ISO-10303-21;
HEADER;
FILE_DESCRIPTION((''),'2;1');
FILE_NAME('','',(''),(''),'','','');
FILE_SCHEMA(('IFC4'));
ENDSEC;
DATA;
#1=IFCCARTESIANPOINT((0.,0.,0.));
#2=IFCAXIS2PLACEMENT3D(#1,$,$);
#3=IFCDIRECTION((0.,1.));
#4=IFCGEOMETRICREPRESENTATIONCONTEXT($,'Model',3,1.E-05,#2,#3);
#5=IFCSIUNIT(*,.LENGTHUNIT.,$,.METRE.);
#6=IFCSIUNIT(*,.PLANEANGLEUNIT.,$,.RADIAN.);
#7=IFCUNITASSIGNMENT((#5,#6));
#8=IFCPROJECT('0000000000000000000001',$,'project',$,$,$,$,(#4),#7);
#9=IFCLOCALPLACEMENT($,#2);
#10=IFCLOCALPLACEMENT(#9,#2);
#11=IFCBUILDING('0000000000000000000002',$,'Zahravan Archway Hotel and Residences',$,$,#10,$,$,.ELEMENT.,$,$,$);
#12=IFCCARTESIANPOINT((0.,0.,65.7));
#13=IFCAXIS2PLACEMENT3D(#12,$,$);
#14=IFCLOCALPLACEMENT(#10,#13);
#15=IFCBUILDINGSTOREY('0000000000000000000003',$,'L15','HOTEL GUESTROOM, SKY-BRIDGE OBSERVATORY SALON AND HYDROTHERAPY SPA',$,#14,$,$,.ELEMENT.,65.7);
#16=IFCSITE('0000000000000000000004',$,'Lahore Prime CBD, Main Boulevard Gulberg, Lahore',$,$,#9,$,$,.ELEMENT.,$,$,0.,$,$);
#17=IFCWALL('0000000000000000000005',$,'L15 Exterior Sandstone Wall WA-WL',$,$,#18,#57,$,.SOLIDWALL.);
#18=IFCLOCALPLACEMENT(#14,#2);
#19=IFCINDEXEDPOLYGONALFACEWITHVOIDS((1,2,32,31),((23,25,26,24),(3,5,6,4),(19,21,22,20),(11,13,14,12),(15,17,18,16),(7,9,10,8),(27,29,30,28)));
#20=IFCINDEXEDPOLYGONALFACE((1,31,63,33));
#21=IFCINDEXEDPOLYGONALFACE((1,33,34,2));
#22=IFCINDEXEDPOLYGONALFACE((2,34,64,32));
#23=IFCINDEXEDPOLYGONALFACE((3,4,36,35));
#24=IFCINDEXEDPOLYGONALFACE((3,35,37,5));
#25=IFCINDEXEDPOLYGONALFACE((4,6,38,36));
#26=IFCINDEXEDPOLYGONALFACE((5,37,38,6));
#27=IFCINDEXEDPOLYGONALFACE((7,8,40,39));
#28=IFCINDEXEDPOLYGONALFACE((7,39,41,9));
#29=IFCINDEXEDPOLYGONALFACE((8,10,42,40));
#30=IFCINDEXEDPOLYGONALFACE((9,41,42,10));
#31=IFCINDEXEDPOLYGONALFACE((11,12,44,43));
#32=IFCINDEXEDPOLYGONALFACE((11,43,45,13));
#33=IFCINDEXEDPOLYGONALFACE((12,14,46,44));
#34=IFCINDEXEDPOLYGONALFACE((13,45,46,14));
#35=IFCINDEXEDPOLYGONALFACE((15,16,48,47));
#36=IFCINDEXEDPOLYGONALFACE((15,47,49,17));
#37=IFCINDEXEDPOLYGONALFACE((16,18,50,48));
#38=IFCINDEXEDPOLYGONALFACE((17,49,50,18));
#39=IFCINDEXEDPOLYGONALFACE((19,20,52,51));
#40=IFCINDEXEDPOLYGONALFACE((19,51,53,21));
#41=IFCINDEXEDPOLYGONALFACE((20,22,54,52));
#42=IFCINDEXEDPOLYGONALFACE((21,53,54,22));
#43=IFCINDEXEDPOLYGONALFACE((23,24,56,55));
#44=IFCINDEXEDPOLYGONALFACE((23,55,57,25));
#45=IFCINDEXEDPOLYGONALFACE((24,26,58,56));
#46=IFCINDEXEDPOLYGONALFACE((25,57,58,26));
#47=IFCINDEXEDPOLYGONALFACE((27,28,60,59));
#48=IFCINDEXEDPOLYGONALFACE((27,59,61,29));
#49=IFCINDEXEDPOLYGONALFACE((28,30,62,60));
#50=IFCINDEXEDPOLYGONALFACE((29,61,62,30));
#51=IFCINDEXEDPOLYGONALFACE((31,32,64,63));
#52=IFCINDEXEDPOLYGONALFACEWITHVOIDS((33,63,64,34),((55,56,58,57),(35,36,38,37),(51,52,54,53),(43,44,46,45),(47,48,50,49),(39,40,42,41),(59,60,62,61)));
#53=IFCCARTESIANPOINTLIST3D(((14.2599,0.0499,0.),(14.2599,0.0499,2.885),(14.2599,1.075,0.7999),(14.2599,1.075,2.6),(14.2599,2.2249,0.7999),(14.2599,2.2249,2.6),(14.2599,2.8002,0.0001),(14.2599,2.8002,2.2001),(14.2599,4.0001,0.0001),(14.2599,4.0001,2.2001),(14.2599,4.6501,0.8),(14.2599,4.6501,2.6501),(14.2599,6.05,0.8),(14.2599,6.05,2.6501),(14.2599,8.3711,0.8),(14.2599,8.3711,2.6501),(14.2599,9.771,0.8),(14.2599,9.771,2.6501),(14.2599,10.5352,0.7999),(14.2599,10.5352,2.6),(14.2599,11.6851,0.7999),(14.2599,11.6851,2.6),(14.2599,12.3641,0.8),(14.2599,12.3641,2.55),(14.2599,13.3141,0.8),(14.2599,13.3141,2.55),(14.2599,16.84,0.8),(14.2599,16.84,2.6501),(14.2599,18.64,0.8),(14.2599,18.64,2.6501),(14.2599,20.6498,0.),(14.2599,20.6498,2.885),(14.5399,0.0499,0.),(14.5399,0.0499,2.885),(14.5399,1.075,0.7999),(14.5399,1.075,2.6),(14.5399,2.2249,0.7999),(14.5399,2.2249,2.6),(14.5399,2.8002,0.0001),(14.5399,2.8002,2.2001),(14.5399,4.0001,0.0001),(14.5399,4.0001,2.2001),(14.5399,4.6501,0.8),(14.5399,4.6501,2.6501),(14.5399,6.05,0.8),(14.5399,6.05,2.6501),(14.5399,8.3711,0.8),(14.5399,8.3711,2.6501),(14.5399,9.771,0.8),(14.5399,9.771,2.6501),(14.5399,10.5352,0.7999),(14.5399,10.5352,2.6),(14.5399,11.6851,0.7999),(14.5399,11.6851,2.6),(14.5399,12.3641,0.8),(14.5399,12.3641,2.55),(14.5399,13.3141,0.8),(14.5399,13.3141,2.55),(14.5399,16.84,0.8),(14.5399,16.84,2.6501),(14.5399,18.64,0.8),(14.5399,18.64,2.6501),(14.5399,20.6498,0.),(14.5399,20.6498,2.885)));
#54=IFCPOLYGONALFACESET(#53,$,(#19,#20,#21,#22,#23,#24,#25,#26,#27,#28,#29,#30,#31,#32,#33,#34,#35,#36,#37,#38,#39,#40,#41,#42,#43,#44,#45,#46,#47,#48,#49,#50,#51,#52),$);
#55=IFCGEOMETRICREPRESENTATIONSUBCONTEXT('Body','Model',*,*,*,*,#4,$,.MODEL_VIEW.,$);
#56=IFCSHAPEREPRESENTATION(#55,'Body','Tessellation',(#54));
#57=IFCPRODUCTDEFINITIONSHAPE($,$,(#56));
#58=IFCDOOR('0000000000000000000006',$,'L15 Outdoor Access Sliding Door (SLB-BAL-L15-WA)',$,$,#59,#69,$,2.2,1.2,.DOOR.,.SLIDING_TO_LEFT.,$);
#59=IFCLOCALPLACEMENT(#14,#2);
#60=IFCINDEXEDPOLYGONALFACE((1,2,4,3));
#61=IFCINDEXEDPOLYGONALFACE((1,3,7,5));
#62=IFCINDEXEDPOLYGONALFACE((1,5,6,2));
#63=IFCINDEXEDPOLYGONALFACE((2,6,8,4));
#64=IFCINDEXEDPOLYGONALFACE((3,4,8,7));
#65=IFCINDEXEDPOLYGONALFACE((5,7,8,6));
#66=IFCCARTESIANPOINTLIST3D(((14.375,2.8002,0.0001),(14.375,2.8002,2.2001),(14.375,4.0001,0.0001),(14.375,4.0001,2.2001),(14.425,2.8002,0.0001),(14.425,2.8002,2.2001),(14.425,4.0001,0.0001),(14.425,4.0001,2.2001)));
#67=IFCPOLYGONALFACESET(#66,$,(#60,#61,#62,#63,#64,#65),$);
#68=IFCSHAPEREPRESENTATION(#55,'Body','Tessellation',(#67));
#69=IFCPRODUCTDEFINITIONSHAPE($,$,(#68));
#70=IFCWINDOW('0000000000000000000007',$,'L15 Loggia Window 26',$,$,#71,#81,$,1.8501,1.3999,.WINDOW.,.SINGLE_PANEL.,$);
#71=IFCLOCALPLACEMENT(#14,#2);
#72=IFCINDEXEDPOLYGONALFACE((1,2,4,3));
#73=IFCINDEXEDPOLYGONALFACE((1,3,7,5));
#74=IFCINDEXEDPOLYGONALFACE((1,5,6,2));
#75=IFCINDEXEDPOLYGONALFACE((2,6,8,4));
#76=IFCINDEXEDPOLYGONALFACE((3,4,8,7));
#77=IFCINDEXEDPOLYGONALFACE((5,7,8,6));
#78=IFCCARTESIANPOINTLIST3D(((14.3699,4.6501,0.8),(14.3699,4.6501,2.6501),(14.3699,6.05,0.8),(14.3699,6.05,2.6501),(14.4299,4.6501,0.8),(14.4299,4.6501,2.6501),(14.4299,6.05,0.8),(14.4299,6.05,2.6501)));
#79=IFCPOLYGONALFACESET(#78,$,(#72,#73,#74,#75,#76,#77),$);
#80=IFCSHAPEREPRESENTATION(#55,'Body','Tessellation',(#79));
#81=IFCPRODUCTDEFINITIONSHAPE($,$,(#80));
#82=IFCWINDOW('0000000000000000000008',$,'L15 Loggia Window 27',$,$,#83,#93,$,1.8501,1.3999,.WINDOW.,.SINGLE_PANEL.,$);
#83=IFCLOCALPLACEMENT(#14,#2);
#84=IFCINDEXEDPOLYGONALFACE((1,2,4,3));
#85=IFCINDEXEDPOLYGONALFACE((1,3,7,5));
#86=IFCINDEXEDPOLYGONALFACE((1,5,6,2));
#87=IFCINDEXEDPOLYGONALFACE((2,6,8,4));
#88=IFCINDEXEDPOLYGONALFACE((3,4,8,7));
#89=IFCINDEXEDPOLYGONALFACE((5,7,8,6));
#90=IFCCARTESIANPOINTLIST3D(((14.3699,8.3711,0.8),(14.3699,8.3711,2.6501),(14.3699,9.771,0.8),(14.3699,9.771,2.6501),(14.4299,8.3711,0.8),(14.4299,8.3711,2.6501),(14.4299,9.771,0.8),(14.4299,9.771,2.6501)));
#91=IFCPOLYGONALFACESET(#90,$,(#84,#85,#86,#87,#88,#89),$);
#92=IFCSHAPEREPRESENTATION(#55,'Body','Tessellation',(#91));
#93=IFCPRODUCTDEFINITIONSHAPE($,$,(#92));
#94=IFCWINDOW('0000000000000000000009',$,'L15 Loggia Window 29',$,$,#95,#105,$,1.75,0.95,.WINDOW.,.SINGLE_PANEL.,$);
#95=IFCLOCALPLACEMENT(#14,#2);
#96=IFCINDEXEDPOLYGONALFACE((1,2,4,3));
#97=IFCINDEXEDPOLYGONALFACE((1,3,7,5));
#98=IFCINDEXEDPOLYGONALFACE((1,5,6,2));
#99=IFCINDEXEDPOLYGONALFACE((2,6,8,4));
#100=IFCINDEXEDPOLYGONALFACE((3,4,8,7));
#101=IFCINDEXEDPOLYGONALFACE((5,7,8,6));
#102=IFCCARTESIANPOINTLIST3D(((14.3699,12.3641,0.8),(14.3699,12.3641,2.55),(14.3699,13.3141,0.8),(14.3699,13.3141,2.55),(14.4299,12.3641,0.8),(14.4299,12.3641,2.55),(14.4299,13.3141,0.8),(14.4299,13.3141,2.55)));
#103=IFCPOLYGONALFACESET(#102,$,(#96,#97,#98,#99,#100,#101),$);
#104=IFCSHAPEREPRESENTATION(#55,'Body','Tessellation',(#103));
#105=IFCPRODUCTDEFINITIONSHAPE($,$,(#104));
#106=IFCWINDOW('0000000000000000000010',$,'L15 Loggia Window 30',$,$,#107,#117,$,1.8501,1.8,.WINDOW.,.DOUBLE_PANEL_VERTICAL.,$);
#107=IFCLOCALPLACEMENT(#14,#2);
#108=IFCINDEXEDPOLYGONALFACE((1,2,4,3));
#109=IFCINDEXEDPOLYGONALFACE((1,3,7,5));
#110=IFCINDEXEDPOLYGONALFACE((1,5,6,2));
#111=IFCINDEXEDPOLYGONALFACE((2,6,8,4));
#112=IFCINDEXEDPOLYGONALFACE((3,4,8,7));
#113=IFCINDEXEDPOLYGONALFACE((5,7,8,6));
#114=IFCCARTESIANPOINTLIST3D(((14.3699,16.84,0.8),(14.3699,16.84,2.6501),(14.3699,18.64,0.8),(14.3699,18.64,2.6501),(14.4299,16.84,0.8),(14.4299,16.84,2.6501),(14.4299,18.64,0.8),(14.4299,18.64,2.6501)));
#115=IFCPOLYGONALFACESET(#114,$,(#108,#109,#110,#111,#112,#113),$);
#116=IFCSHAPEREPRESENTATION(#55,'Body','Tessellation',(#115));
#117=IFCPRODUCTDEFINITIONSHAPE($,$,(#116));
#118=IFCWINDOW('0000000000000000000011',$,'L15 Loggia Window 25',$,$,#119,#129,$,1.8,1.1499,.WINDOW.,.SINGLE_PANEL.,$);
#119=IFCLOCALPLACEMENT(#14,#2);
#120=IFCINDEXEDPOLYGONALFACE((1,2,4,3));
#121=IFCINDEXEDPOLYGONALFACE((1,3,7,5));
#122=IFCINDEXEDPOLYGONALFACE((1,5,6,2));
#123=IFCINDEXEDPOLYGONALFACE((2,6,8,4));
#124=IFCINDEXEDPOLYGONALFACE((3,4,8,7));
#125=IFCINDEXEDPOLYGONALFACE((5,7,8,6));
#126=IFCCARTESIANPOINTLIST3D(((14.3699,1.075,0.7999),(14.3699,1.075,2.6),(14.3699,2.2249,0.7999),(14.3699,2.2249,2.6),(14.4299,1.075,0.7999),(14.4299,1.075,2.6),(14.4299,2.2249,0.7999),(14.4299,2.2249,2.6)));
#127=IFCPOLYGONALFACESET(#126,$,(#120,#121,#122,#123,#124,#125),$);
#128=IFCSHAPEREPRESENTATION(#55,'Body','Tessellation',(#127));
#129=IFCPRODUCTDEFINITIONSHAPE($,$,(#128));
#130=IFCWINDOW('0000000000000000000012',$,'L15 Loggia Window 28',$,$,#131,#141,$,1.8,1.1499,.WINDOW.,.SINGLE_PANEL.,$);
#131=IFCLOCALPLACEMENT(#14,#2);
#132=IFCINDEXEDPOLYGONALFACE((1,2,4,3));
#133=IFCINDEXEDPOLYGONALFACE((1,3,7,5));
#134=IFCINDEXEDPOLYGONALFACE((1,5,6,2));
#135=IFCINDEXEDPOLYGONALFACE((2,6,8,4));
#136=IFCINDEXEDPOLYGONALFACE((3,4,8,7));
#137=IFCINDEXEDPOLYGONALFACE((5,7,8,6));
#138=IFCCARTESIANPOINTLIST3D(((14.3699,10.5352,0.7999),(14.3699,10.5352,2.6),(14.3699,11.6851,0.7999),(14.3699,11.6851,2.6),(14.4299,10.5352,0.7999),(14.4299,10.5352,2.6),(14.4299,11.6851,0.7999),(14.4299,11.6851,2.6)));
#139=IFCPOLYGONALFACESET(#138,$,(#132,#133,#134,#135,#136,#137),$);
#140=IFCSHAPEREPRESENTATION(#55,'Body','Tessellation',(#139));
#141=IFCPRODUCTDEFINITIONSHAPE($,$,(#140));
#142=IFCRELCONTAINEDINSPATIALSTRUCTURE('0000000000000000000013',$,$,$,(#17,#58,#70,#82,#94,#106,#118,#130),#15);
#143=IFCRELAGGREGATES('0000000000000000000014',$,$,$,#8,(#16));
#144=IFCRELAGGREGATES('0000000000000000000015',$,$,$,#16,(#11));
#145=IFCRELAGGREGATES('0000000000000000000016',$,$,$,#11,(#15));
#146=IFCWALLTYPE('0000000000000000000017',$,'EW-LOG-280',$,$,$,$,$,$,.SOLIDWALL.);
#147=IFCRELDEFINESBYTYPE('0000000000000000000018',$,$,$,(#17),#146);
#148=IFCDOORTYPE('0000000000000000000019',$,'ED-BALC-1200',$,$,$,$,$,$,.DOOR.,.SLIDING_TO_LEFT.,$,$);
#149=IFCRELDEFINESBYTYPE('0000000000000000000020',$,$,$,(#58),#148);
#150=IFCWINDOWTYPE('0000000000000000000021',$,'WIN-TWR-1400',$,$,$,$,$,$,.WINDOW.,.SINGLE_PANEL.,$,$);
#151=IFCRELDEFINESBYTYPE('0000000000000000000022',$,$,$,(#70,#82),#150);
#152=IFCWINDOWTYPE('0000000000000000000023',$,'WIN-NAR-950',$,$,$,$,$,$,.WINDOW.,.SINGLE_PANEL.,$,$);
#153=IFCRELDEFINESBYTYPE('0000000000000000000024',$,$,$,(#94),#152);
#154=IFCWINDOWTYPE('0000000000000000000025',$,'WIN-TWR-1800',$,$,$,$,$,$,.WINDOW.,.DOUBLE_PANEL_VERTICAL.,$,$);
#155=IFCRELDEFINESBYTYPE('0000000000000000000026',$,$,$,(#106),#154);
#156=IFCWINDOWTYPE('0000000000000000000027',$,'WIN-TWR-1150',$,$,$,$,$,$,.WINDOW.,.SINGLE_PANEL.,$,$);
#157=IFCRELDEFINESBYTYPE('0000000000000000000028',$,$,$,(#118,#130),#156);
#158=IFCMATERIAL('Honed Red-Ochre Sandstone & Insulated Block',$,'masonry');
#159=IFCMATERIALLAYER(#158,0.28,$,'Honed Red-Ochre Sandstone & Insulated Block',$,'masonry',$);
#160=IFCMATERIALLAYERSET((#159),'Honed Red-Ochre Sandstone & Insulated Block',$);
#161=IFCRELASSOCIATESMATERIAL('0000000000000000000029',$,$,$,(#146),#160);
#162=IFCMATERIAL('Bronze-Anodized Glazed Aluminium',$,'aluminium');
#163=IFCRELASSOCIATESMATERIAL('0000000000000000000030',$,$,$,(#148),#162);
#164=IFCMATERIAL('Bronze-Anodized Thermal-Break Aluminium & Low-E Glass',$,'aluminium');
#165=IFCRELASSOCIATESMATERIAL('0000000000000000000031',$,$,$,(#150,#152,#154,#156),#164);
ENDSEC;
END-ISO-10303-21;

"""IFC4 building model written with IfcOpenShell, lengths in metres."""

from ifc_helpers import new_model, si_unit, direction, frame, frame_2d, origin, place, context, subcontext, project, spatial, rectangle, extrude, source, transform, mapped, material, layer, layer_set, type_object, type_shapes, element, fill, save


model = new_model("IFC4")

# Units and contexts
model_context = context("Model", 3, precision=1e-05, world=origin(), true_north=direction((0.0, 1.0)))
body_context = subcontext(model_context, "Body", "Model", "MODEL_VIEW")
ifc_project = project(units=[si_unit("LENGTHUNIT", "METRE"), si_unit("PLANEANGLEUNIT", "RADIAN")], contexts=[model_context])

# Site, building, storey
site_placement = place(None, origin())
site = spatial("IfcSite", under=ifc_project, at=site_placement, Name="Lahore Prime CBD, Main Boulevard Gulberg, Lahore", CompositionType="ELEMENT", RefElevation=0.0)
building_placement = place(site_placement, origin())
building = spatial("IfcBuilding", under=site, at=building_placement, Name="Zahravan Archway Hotel and Residences", CompositionType="ELEMENT")
storey_placement = place(building_placement, frame((0.0, 0.0, 65.7)))
storey = spatial("IfcBuildingStorey", under=building, at=storey_placement, Name="L15", Description="HOTEL GUESTROOM, SKY-BRIDGE OBSERVATORY SALON AND HYDROTHERAPY SPA", CompositionType="ELEMENT", Elevation=65.7)

# Wall, openings, door, windows
ifc_material_1 = material(Name="Honed Red-Ochre Sandstone & Insulated Block", Category="masonry")
ifc_layer = layer(ifc_material_1, 0.28, Name="Honed Red-Ochre Sandstone & Insulated Block", Category="masonry")
ifc_layer_set = layer_set([ifc_layer], Name="Honed Red-Ochre Sandstone & Insulated Block")
wall_type = type_object("IfcWallType", Name="EW-LOG-280", PredefinedType="SOLIDWALL", material=ifc_layer_set)
wall_placement = place(storey_placement, frame((14.3999, 0.05, 0.0), z_axis=(0.0, 0.0, 1.0), x_axis=(0.0, 1.0, 0.0)))
wall = element("IfcWall", 1, at=wall_placement, inside=storey, type_object=wall_type, Name="L15 Exterior Sandstone Wall WA-WL", PredefinedType="SOLIDWALL", context=body_context, shape_type="SweptSolid", body=[
    extrude(rectangle(XDim=20.5999, YDim=0.28, at=frame_2d((10.2998, 0.0))), origin(), (0.0, 0.0, 1.0), 2.885),
])
opening_1_placement = place(wall_placement, frame((2.75, 0.0, 0.0)))
opening_1 = element("IfcOpeningElement", 2, at=opening_1_placement, cuts=wall, PredefinedType="OPENING", context=body_context, shape_type="SweptSolid", body=[
    extrude(rectangle(XDim=1.2, YDim=2.2, at=frame_2d((0.6001, 1.1001))), frame((0.0, 0.1499, 0.0), z_axis=(0.0, -1.0, 0.0), x_axis=(1.0, 0.0, 0.0)), (0.0, 0.0, 1.0), 0.3),
])
opening_2_placement = place(wall_placement, frame((1.0249, 0.0, 0.8)))
opening_2 = element("IfcOpeningElement", 3, at=opening_2_placement, cuts=wall, PredefinedType="OPENING", context=body_context, shape_type="SweptSolid", body=[
    extrude(rectangle(XDim=1.1499, YDim=1.8, at=frame_2d((0.575, 0.8999))), frame((0.0, 0.1499, 0.0), z_axis=(0.0, -1.0, 0.0), x_axis=(1.0, 0.0, 0.0)), (0.0, 0.0, 1.0), 0.3),
])
opening_3_placement = place(wall_placement, frame((4.6001, 0.0, 0.8)))
opening_3 = element("IfcOpeningElement", 4, at=opening_3_placement, cuts=wall, PredefinedType="OPENING", context=body_context, shape_type="SweptSolid", body=[
    extrude(rectangle(XDim=1.3999, YDim=1.8501, at=frame_2d((0.7, 0.925))), frame((0.0, 0.1499, 0.0), z_axis=(0.0, -1.0, 0.0), x_axis=(1.0, 0.0, 0.0)), (0.0, 0.0, 1.0), 0.3),
])
opening_4_placement = place(wall_placement, frame((8.321, 0.0, 0.8)))
opening_4 = element("IfcOpeningElement", 5, at=opening_4_placement, cuts=wall, PredefinedType="OPENING", context=body_context, shape_type="SweptSolid", body=[
    extrude(rectangle(XDim=1.3999, YDim=1.8501, at=frame_2d((0.7, 0.925))), frame((0.0, 0.1499, 0.0), z_axis=(0.0, -1.0, 0.0), x_axis=(1.0, 0.0, 0.0)), (0.0, 0.0, 1.0), 0.3),
])
opening_5_placement = place(wall_placement, frame((10.4851, 0.0, 0.8)))
opening_5 = element("IfcOpeningElement", 6, at=opening_5_placement, cuts=wall, PredefinedType="OPENING", context=body_context, shape_type="SweptSolid", body=[
    extrude(rectangle(XDim=1.1499, YDim=1.8, at=frame_2d((0.575, 0.8999))), frame((0.0, 0.1499, 0.0), z_axis=(0.0, -1.0, 0.0), x_axis=(1.0, 0.0, 0.0)), (0.0, 0.0, 1.0), 0.3),
])
opening_6_placement = place(wall_placement, frame((12.314, 0.0, 0.8)))
opening_6 = element("IfcOpeningElement", 7, at=opening_6_placement, cuts=wall, PredefinedType="OPENING", context=body_context, shape_type="SweptSolid", body=[
    extrude(rectangle(XDim=0.95, YDim=1.75, at=frame_2d((0.4751, 0.875))), frame((0.0, 0.1499, 0.0), z_axis=(0.0, -1.0, 0.0), x_axis=(1.0, 0.0, 0.0)), (0.0, 0.0, 1.0), 0.3),
])
opening_7_placement = place(wall_placement, frame((16.79, 0.0, 0.8)))
opening_7 = element("IfcOpeningElement", 8, at=opening_7_placement, cuts=wall, PredefinedType="OPENING", context=body_context, shape_type="SweptSolid", body=[
    extrude(rectangle(XDim=1.8, YDim=1.8501, at=frame_2d((0.8999, 0.925))), frame((0.0, 0.1499, 0.0), z_axis=(0.0, -1.0, 0.0), x_axis=(1.0, 0.0, 0.0)), (0.0, 0.0, 1.0), 0.3),
])
ifc_material_2 = material(Name="Bronze-Anodized Glazed Aluminium", Category="aluminium")
door_type = type_object("IfcDoorType", Name="ED-BALC-1200", OperationType="SLIDING_TO_LEFT", PredefinedType="DOOR", material=ifc_material_2)
shared_shape_1 = source(origin(), body_context, "Body", "SweptSolid", [
    extrude(rectangle(XDim=1.2, YDim=2.2, at=frame_2d((0.6001, 1.1001))), frame((0.0, 0.0249, 0.0), z_axis=(0.0, -1.0, 0.0), x_axis=(1.0, 0.0, 0.0)), (0.0, 0.0, 1.0), 0.05),
])
type_shapes(door_type, [shared_shape_1])
door_placement = place(opening_1_placement, origin())
door = element("IfcDoor", 9, at=door_placement, inside=storey, type_object=door_type, Name="L15 Outdoor Access Sliding Door (SLB-BAL-L15-WA)", OperationType="SLIDING_TO_LEFT", OverallHeight=2.2, OverallWidth=1.2, PredefinedType="DOOR", context=body_context, shape_type="MappedRepresentation", body=[
    mapped(shared_shape_1, transform((0.0, 0.0, 0.0), scale=1.0)),
])
fill(opening_1, door)
ifc_material_3 = material(Name="Bronze-Anodized Thermal-Break Aluminium & Low-E Glass", Category="aluminium")
window_type_1 = type_object("IfcWindowType", Name="WIN-TWR-1400", PartitioningType="SINGLE_PANEL", PredefinedType="WINDOW", material=ifc_material_3)
shared_shape_2 = source(origin(), body_context, "Body", "SweptSolid", [
    extrude(rectangle(XDim=1.3999, YDim=1.8501, at=frame_2d((0.7, 0.925))), frame((0.0, 0.03, 0.0), z_axis=(0.0, -1.0, 0.0), x_axis=(1.0, 0.0, 0.0)), (0.0, 0.0, 1.0), 0.0601),
])
type_shapes(window_type_1, [shared_shape_2])
window_1_placement = place(opening_3_placement, origin())
window_1 = element("IfcWindow", 10, at=window_1_placement, inside=storey, type_object=window_type_1, Name="L15 Loggia Window 26", OverallHeight=1.8501, OverallWidth=1.3999, PartitioningType="SINGLE_PANEL", PredefinedType="WINDOW", context=body_context, shape_type="MappedRepresentation", body=[
    mapped(shared_shape_2, transform((0.0, 0.0, 0.0), scale=1.0)),
])
fill(opening_3, window_1)
window_2_placement = place(opening_4_placement, origin())
window_2 = element("IfcWindow", 11, at=window_2_placement, inside=storey, type_object=window_type_1, Name="L15 Loggia Window 27", OverallHeight=1.8501, OverallWidth=1.3999, PartitioningType="SINGLE_PANEL", PredefinedType="WINDOW", context=body_context, shape_type="MappedRepresentation", body=[
    mapped(shared_shape_2, transform((0.0, 0.0, 0.0), scale=1.0)),
])
fill(opening_4, window_2)
window_type_2 = type_object("IfcWindowType", Name="WIN-NAR-950", PartitioningType="SINGLE_PANEL", PredefinedType="WINDOW", material=ifc_material_3)
shared_shape_3 = source(origin(), body_context, "Body", "SweptSolid", [
    extrude(rectangle(XDim=0.95, YDim=1.75, at=frame_2d((0.4751, 0.875))), frame((0.0, 0.03, 0.0), z_axis=(0.0, -1.0, 0.0), x_axis=(1.0, 0.0, 0.0)), (0.0, 0.0, 1.0), 0.0601),
])
type_shapes(window_type_2, [shared_shape_3])
window_3_placement = place(opening_6_placement, origin())
window_3 = element("IfcWindow", 12, at=window_3_placement, inside=storey, type_object=window_type_2, Name="L15 Loggia Window 29", OverallHeight=1.75, OverallWidth=0.95, PartitioningType="SINGLE_PANEL", PredefinedType="WINDOW", context=body_context, shape_type="MappedRepresentation", body=[
    mapped(shared_shape_3, transform((0.0, 0.0, 0.0), scale=1.0)),
])
fill(opening_6, window_3)
window_type_3 = type_object("IfcWindowType", Name="WIN-TWR-1800", PartitioningType="DOUBLE_PANEL_VERTICAL", PredefinedType="WINDOW", material=ifc_material_3)
shared_shape_4 = source(origin(), body_context, "Body", "SweptSolid", [
    extrude(rectangle(XDim=1.8, YDim=1.8501, at=frame_2d((0.8999, 0.925))), frame((0.0, 0.03, 0.0), z_axis=(0.0, -1.0, 0.0), x_axis=(1.0, 0.0, 0.0)), (0.0, 0.0, 1.0), 0.0601),
])
type_shapes(window_type_3, [shared_shape_4])
window_4_placement = place(opening_7_placement, origin())
window_4 = element("IfcWindow", 13, at=window_4_placement, inside=storey, type_object=window_type_3, Name="L15 Loggia Window 30", OverallHeight=1.8501, OverallWidth=1.8, PartitioningType="DOUBLE_PANEL_VERTICAL", PredefinedType="WINDOW", context=body_context, shape_type="MappedRepresentation", body=[
    mapped(shared_shape_4, transform((0.0, 0.0, 0.0), scale=1.0)),
])
fill(opening_7, window_4)
window_type_4 = type_object("IfcWindowType", Name="WIN-TWR-1150", PartitioningType="SINGLE_PANEL", PredefinedType="WINDOW", material=ifc_material_3)
shared_shape_5 = source(origin(), body_context, "Body", "SweptSolid", [
    extrude(rectangle(XDim=1.1499, YDim=1.8, at=frame_2d((0.575, 0.8999))), frame((0.0, 0.03, 0.0), z_axis=(0.0, -1.0, 0.0), x_axis=(1.0, 0.0, 0.0)), (0.0, 0.0, 1.0), 0.0601),
])
type_shapes(window_type_4, [shared_shape_5])
window_5_placement = place(opening_2_placement, origin())
window_5 = element("IfcWindow", 14, at=window_5_placement, inside=storey, type_object=window_type_4, Name="L15 Loggia Window 25", OverallHeight=1.8, OverallWidth=1.1499, PartitioningType="SINGLE_PANEL", PredefinedType="WINDOW", context=body_context, shape_type="MappedRepresentation", body=[
    mapped(shared_shape_5, transform((0.0, 0.0, 0.0), scale=1.0)),
])
fill(opening_2, window_5)
window_6_placement = place(opening_5_placement, origin())
window_6 = element("IfcWindow", 15, at=window_6_placement, inside=storey, type_object=window_type_4, Name="L15 Loggia Window 28", OverallHeight=1.8, OverallWidth=1.1499, PartitioningType="SINGLE_PANEL", PredefinedType="WINDOW", context=body_context, shape_type="MappedRepresentation", body=[
    mapped(shared_shape_5, transform((0.0, 0.0, 0.0), scale=1.0)),
])
fill(opening_5, window_6)

save(model, "model.ifc")
